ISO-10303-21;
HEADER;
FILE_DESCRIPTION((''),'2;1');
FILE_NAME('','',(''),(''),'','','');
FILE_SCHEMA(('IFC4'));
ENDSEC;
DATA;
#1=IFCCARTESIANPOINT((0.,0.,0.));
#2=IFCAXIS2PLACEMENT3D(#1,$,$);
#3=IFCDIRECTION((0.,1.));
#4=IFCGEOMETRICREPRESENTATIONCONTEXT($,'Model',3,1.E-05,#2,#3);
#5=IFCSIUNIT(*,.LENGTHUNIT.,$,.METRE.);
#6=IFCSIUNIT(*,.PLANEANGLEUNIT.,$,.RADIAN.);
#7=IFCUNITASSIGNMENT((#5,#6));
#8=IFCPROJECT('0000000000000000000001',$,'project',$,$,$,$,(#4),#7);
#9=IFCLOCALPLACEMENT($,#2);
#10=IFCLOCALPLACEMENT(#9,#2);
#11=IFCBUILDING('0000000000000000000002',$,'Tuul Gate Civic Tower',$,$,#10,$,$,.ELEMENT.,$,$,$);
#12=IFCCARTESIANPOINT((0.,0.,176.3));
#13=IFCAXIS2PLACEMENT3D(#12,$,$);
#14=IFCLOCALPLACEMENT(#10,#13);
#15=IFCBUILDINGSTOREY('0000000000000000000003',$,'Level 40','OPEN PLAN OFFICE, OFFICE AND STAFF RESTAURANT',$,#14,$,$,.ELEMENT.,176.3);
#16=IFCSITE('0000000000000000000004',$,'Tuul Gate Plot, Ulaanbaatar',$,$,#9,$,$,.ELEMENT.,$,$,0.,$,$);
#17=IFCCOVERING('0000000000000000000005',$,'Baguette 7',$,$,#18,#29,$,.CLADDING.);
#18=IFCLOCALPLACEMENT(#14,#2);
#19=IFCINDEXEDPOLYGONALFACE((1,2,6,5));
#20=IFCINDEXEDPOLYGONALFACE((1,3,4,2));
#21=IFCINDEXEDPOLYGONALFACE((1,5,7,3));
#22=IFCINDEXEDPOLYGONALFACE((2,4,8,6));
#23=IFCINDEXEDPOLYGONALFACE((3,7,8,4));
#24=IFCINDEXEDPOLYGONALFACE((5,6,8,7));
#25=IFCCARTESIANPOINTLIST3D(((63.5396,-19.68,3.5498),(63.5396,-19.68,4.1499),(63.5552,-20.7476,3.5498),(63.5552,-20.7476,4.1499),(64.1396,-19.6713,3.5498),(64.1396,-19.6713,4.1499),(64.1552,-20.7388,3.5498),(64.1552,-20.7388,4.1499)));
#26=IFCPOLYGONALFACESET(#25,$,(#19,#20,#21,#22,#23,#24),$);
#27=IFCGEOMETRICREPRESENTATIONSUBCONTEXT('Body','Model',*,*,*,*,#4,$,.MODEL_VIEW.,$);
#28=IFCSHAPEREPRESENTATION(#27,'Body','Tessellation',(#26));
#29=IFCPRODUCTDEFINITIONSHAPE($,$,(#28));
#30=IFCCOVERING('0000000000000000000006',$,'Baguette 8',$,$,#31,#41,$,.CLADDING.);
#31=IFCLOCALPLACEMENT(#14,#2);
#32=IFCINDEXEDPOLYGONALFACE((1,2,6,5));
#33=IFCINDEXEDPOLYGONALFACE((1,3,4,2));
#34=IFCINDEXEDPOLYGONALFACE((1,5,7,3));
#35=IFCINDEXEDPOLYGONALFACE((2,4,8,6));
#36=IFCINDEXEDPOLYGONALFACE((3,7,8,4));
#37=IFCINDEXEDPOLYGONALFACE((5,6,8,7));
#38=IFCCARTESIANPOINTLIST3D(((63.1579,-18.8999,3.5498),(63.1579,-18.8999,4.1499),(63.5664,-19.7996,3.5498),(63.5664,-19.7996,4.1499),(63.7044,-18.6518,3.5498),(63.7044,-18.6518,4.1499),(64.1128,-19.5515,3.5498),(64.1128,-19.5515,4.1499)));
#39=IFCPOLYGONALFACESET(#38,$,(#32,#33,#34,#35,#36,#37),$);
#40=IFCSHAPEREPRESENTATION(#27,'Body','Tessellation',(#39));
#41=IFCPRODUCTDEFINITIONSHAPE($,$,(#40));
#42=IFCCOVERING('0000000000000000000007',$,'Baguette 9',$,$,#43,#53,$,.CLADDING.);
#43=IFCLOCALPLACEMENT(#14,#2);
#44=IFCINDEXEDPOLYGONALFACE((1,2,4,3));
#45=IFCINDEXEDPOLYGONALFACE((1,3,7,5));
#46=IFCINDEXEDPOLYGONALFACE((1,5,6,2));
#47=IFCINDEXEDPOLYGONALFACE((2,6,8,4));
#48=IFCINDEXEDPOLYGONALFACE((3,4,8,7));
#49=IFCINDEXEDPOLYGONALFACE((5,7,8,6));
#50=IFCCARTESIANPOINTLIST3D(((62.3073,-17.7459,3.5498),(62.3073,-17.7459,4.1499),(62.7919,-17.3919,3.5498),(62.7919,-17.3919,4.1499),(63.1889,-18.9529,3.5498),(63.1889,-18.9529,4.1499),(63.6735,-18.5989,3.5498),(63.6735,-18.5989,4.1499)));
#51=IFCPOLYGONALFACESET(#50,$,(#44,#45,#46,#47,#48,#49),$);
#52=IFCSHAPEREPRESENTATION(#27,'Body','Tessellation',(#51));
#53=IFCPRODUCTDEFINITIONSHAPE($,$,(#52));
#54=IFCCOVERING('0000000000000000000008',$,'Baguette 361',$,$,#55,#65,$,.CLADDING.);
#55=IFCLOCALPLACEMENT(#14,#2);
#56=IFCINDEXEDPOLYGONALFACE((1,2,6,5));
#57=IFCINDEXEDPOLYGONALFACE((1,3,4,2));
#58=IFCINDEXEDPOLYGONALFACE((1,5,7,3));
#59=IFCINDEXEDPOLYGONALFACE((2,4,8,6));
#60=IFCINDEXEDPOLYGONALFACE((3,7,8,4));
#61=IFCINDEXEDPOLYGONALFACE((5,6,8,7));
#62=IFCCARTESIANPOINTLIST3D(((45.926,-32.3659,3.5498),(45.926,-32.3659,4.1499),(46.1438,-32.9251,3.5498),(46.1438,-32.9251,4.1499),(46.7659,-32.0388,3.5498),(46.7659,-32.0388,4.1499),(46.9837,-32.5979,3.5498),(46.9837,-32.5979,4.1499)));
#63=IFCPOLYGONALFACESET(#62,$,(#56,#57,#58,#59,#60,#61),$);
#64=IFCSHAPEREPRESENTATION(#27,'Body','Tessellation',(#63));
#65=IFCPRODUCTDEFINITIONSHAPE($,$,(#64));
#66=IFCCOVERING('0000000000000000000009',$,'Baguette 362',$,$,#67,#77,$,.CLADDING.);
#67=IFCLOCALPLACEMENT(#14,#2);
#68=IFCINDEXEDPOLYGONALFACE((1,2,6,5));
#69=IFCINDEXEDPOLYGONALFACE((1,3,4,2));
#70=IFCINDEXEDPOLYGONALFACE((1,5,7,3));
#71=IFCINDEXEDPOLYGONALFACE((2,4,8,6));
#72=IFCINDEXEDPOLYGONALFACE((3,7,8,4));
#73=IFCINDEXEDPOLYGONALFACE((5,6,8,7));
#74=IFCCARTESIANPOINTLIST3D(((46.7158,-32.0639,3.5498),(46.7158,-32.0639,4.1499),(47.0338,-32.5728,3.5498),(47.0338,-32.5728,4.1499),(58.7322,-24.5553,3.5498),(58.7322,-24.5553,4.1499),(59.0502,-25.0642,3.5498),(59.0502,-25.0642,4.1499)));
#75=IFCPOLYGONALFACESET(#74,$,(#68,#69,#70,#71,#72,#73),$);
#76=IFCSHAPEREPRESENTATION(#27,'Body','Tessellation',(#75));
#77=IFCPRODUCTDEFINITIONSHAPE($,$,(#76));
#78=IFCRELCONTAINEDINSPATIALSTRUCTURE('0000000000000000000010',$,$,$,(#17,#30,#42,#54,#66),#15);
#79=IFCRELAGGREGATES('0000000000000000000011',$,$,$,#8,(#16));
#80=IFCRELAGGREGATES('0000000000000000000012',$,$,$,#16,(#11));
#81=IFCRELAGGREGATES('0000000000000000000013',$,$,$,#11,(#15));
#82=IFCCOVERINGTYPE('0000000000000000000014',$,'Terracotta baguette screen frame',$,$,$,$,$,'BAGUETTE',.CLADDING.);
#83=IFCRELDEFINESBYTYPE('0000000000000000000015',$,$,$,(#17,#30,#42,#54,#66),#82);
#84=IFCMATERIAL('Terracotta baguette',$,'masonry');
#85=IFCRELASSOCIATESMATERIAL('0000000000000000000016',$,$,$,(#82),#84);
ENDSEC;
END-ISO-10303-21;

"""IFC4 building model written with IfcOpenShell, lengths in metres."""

from ifc_helpers import new_model, si_unit, direction, frame, origin, origin_2d, place, context, subcontext, project, spatial, rectangle, extrude, material, material_profile, profile_set, type_object, element, save


model = new_model("IFC4")

# Units and contexts
model_context = context("Model", 3, precision=1e-05, world=origin(), true_north=direction((0.0, 1.0)))
body_context = subcontext(model_context, "Body", "Model", "MODEL_VIEW")
ifc_project = project(units=[si_unit("LENGTHUNIT", "METRE"), si_unit("PLANEANGLEUNIT", "RADIAN")], contexts=[model_context])

# Site, building, storey
site_placement = place(None, origin())
site = spatial("IfcSite", under=ifc_project, at=site_placement, Name="Tuul Gate Plot, Ulaanbaatar", CompositionType="ELEMENT", RefElevation=0.0)
building_placement = place(site_placement, origin())
building = spatial("IfcBuilding", under=site, at=building_placement, Name="Tuul Gate Civic Tower", CompositionType="ELEMENT")
storey_placement = place(building_placement, frame((0.0, 0.0, 176.3)))
storey = spatial("IfcBuildingStorey", under=building, at=storey_placement, Name="Level 40", Description="OPEN PLAN OFFICE, OFFICE AND STAFF RESTAURANT", CompositionType="ELEMENT", Elevation=176.3)

# Coverings
ifc_material_1 = material(Name="Terracotta baguette", Category="masonry")
ifc_material_profile_1 = material_profile(ifc_material_1, rectangle(XDim=0.6001, YDim=0.6001, at=origin_2d()), Name="Terracotta baguette screen frame")
ifc_profile_set_1 = profile_set([ifc_material_profile_1], Name="Terracotta baguette")
covering_type = type_object("IfcCoveringType", Name="Terracotta baguette screen frame", ElementType="BAGUETTE", PredefinedType="CLADDING", material=ifc_profile_set_1)
covering_1_placement = place(storey_placement, frame((63.8552, -20.7432, 3.8499), z_axis=(-0.014634, 0.999893, 0.0), x_axis=(-0.999893, -0.014634, 0.0)))
element("IfcCovering", 1, at=covering_1_placement, inside=storey, type_object=covering_type, Name="Baguette 7", PredefinedType="CLADDING", context=body_context, shape_type="SweptSolid", body=[
    extrude(rectangle(XDim=0.6001, YDim=0.6001, at=origin_2d()), origin(), (0.0, 0.0, 1.0), 1.0676),
])
covering_2_placement = place(storey_placement, frame((63.8396, -19.6755, 3.8499), z_axis=(-0.413393, 0.910553, 0.0), x_axis=(-0.910553, -0.413393, 0.0)))
element("IfcCovering", 2, at=covering_2_placement, inside=storey, type_object=covering_type, Name="Baguette 8", PredefinedType="CLADDING", context=body_context, shape_type="SweptSolid", body=[
    extrude(rectangle(XDim=0.6001, YDim=0.6001, at=origin_2d()), origin(), (0.0, 0.0, 1.0), 0.988),
])
covering_3_placement = place(storey_placement, frame((63.4312, -18.7759, 3.8499), z_axis=(-0.589812, 0.807541, 0.0), x_axis=(-0.807541, -0.589812, 0.0)))
element("IfcCovering", 3, at=covering_3_placement, inside=storey, type_object=covering_type, Name="Baguette 9", PredefinedType="CLADDING", context=body_context, shape_type="SweptSolid", body=[
    extrude(rectangle(XDim=0.6001, YDim=0.6001, at=origin_2d()), origin(), (0.0, 0.0, 1.0), 1.4946),
])
covering_4_placement = place(storey_placement, frame((46.0349, -32.6455, 3.8499), z_axis=(0.931801, 0.362969, 0.0), x_axis=(-0.362969, 0.931801, 0.0)))
element("IfcCovering", 4, at=covering_4_placement, inside=storey, type_object=covering_type, Name="Baguette 361", PredefinedType="CLADDING", context=body_context, shape_type="SweptSolid", body=[
    extrude(rectangle(XDim=0.6001, YDim=0.6001, at=origin_2d()), origin(), (0.0, 0.0, 1.0), 0.9014),
])
covering_5_placement = place(storey_placement, frame((46.8748, -32.3184, 3.8499), z_axis=(0.848052, 0.529914, 0.0), x_axis=(-0.529914, 0.848052, 0.0)))
element("IfcCovering", 5, at=covering_5_placement, inside=storey, type_object=covering_type, Name="Baguette 362", PredefinedType="CLADDING", context=body_context, shape_type="SweptSolid", body=[
    extrude(rectangle(XDim=0.6001, YDim=0.6001, at=origin_2d()), origin(), (0.0, 0.0, 1.0), 14.1694),
])

save(model, "model.ifc")
